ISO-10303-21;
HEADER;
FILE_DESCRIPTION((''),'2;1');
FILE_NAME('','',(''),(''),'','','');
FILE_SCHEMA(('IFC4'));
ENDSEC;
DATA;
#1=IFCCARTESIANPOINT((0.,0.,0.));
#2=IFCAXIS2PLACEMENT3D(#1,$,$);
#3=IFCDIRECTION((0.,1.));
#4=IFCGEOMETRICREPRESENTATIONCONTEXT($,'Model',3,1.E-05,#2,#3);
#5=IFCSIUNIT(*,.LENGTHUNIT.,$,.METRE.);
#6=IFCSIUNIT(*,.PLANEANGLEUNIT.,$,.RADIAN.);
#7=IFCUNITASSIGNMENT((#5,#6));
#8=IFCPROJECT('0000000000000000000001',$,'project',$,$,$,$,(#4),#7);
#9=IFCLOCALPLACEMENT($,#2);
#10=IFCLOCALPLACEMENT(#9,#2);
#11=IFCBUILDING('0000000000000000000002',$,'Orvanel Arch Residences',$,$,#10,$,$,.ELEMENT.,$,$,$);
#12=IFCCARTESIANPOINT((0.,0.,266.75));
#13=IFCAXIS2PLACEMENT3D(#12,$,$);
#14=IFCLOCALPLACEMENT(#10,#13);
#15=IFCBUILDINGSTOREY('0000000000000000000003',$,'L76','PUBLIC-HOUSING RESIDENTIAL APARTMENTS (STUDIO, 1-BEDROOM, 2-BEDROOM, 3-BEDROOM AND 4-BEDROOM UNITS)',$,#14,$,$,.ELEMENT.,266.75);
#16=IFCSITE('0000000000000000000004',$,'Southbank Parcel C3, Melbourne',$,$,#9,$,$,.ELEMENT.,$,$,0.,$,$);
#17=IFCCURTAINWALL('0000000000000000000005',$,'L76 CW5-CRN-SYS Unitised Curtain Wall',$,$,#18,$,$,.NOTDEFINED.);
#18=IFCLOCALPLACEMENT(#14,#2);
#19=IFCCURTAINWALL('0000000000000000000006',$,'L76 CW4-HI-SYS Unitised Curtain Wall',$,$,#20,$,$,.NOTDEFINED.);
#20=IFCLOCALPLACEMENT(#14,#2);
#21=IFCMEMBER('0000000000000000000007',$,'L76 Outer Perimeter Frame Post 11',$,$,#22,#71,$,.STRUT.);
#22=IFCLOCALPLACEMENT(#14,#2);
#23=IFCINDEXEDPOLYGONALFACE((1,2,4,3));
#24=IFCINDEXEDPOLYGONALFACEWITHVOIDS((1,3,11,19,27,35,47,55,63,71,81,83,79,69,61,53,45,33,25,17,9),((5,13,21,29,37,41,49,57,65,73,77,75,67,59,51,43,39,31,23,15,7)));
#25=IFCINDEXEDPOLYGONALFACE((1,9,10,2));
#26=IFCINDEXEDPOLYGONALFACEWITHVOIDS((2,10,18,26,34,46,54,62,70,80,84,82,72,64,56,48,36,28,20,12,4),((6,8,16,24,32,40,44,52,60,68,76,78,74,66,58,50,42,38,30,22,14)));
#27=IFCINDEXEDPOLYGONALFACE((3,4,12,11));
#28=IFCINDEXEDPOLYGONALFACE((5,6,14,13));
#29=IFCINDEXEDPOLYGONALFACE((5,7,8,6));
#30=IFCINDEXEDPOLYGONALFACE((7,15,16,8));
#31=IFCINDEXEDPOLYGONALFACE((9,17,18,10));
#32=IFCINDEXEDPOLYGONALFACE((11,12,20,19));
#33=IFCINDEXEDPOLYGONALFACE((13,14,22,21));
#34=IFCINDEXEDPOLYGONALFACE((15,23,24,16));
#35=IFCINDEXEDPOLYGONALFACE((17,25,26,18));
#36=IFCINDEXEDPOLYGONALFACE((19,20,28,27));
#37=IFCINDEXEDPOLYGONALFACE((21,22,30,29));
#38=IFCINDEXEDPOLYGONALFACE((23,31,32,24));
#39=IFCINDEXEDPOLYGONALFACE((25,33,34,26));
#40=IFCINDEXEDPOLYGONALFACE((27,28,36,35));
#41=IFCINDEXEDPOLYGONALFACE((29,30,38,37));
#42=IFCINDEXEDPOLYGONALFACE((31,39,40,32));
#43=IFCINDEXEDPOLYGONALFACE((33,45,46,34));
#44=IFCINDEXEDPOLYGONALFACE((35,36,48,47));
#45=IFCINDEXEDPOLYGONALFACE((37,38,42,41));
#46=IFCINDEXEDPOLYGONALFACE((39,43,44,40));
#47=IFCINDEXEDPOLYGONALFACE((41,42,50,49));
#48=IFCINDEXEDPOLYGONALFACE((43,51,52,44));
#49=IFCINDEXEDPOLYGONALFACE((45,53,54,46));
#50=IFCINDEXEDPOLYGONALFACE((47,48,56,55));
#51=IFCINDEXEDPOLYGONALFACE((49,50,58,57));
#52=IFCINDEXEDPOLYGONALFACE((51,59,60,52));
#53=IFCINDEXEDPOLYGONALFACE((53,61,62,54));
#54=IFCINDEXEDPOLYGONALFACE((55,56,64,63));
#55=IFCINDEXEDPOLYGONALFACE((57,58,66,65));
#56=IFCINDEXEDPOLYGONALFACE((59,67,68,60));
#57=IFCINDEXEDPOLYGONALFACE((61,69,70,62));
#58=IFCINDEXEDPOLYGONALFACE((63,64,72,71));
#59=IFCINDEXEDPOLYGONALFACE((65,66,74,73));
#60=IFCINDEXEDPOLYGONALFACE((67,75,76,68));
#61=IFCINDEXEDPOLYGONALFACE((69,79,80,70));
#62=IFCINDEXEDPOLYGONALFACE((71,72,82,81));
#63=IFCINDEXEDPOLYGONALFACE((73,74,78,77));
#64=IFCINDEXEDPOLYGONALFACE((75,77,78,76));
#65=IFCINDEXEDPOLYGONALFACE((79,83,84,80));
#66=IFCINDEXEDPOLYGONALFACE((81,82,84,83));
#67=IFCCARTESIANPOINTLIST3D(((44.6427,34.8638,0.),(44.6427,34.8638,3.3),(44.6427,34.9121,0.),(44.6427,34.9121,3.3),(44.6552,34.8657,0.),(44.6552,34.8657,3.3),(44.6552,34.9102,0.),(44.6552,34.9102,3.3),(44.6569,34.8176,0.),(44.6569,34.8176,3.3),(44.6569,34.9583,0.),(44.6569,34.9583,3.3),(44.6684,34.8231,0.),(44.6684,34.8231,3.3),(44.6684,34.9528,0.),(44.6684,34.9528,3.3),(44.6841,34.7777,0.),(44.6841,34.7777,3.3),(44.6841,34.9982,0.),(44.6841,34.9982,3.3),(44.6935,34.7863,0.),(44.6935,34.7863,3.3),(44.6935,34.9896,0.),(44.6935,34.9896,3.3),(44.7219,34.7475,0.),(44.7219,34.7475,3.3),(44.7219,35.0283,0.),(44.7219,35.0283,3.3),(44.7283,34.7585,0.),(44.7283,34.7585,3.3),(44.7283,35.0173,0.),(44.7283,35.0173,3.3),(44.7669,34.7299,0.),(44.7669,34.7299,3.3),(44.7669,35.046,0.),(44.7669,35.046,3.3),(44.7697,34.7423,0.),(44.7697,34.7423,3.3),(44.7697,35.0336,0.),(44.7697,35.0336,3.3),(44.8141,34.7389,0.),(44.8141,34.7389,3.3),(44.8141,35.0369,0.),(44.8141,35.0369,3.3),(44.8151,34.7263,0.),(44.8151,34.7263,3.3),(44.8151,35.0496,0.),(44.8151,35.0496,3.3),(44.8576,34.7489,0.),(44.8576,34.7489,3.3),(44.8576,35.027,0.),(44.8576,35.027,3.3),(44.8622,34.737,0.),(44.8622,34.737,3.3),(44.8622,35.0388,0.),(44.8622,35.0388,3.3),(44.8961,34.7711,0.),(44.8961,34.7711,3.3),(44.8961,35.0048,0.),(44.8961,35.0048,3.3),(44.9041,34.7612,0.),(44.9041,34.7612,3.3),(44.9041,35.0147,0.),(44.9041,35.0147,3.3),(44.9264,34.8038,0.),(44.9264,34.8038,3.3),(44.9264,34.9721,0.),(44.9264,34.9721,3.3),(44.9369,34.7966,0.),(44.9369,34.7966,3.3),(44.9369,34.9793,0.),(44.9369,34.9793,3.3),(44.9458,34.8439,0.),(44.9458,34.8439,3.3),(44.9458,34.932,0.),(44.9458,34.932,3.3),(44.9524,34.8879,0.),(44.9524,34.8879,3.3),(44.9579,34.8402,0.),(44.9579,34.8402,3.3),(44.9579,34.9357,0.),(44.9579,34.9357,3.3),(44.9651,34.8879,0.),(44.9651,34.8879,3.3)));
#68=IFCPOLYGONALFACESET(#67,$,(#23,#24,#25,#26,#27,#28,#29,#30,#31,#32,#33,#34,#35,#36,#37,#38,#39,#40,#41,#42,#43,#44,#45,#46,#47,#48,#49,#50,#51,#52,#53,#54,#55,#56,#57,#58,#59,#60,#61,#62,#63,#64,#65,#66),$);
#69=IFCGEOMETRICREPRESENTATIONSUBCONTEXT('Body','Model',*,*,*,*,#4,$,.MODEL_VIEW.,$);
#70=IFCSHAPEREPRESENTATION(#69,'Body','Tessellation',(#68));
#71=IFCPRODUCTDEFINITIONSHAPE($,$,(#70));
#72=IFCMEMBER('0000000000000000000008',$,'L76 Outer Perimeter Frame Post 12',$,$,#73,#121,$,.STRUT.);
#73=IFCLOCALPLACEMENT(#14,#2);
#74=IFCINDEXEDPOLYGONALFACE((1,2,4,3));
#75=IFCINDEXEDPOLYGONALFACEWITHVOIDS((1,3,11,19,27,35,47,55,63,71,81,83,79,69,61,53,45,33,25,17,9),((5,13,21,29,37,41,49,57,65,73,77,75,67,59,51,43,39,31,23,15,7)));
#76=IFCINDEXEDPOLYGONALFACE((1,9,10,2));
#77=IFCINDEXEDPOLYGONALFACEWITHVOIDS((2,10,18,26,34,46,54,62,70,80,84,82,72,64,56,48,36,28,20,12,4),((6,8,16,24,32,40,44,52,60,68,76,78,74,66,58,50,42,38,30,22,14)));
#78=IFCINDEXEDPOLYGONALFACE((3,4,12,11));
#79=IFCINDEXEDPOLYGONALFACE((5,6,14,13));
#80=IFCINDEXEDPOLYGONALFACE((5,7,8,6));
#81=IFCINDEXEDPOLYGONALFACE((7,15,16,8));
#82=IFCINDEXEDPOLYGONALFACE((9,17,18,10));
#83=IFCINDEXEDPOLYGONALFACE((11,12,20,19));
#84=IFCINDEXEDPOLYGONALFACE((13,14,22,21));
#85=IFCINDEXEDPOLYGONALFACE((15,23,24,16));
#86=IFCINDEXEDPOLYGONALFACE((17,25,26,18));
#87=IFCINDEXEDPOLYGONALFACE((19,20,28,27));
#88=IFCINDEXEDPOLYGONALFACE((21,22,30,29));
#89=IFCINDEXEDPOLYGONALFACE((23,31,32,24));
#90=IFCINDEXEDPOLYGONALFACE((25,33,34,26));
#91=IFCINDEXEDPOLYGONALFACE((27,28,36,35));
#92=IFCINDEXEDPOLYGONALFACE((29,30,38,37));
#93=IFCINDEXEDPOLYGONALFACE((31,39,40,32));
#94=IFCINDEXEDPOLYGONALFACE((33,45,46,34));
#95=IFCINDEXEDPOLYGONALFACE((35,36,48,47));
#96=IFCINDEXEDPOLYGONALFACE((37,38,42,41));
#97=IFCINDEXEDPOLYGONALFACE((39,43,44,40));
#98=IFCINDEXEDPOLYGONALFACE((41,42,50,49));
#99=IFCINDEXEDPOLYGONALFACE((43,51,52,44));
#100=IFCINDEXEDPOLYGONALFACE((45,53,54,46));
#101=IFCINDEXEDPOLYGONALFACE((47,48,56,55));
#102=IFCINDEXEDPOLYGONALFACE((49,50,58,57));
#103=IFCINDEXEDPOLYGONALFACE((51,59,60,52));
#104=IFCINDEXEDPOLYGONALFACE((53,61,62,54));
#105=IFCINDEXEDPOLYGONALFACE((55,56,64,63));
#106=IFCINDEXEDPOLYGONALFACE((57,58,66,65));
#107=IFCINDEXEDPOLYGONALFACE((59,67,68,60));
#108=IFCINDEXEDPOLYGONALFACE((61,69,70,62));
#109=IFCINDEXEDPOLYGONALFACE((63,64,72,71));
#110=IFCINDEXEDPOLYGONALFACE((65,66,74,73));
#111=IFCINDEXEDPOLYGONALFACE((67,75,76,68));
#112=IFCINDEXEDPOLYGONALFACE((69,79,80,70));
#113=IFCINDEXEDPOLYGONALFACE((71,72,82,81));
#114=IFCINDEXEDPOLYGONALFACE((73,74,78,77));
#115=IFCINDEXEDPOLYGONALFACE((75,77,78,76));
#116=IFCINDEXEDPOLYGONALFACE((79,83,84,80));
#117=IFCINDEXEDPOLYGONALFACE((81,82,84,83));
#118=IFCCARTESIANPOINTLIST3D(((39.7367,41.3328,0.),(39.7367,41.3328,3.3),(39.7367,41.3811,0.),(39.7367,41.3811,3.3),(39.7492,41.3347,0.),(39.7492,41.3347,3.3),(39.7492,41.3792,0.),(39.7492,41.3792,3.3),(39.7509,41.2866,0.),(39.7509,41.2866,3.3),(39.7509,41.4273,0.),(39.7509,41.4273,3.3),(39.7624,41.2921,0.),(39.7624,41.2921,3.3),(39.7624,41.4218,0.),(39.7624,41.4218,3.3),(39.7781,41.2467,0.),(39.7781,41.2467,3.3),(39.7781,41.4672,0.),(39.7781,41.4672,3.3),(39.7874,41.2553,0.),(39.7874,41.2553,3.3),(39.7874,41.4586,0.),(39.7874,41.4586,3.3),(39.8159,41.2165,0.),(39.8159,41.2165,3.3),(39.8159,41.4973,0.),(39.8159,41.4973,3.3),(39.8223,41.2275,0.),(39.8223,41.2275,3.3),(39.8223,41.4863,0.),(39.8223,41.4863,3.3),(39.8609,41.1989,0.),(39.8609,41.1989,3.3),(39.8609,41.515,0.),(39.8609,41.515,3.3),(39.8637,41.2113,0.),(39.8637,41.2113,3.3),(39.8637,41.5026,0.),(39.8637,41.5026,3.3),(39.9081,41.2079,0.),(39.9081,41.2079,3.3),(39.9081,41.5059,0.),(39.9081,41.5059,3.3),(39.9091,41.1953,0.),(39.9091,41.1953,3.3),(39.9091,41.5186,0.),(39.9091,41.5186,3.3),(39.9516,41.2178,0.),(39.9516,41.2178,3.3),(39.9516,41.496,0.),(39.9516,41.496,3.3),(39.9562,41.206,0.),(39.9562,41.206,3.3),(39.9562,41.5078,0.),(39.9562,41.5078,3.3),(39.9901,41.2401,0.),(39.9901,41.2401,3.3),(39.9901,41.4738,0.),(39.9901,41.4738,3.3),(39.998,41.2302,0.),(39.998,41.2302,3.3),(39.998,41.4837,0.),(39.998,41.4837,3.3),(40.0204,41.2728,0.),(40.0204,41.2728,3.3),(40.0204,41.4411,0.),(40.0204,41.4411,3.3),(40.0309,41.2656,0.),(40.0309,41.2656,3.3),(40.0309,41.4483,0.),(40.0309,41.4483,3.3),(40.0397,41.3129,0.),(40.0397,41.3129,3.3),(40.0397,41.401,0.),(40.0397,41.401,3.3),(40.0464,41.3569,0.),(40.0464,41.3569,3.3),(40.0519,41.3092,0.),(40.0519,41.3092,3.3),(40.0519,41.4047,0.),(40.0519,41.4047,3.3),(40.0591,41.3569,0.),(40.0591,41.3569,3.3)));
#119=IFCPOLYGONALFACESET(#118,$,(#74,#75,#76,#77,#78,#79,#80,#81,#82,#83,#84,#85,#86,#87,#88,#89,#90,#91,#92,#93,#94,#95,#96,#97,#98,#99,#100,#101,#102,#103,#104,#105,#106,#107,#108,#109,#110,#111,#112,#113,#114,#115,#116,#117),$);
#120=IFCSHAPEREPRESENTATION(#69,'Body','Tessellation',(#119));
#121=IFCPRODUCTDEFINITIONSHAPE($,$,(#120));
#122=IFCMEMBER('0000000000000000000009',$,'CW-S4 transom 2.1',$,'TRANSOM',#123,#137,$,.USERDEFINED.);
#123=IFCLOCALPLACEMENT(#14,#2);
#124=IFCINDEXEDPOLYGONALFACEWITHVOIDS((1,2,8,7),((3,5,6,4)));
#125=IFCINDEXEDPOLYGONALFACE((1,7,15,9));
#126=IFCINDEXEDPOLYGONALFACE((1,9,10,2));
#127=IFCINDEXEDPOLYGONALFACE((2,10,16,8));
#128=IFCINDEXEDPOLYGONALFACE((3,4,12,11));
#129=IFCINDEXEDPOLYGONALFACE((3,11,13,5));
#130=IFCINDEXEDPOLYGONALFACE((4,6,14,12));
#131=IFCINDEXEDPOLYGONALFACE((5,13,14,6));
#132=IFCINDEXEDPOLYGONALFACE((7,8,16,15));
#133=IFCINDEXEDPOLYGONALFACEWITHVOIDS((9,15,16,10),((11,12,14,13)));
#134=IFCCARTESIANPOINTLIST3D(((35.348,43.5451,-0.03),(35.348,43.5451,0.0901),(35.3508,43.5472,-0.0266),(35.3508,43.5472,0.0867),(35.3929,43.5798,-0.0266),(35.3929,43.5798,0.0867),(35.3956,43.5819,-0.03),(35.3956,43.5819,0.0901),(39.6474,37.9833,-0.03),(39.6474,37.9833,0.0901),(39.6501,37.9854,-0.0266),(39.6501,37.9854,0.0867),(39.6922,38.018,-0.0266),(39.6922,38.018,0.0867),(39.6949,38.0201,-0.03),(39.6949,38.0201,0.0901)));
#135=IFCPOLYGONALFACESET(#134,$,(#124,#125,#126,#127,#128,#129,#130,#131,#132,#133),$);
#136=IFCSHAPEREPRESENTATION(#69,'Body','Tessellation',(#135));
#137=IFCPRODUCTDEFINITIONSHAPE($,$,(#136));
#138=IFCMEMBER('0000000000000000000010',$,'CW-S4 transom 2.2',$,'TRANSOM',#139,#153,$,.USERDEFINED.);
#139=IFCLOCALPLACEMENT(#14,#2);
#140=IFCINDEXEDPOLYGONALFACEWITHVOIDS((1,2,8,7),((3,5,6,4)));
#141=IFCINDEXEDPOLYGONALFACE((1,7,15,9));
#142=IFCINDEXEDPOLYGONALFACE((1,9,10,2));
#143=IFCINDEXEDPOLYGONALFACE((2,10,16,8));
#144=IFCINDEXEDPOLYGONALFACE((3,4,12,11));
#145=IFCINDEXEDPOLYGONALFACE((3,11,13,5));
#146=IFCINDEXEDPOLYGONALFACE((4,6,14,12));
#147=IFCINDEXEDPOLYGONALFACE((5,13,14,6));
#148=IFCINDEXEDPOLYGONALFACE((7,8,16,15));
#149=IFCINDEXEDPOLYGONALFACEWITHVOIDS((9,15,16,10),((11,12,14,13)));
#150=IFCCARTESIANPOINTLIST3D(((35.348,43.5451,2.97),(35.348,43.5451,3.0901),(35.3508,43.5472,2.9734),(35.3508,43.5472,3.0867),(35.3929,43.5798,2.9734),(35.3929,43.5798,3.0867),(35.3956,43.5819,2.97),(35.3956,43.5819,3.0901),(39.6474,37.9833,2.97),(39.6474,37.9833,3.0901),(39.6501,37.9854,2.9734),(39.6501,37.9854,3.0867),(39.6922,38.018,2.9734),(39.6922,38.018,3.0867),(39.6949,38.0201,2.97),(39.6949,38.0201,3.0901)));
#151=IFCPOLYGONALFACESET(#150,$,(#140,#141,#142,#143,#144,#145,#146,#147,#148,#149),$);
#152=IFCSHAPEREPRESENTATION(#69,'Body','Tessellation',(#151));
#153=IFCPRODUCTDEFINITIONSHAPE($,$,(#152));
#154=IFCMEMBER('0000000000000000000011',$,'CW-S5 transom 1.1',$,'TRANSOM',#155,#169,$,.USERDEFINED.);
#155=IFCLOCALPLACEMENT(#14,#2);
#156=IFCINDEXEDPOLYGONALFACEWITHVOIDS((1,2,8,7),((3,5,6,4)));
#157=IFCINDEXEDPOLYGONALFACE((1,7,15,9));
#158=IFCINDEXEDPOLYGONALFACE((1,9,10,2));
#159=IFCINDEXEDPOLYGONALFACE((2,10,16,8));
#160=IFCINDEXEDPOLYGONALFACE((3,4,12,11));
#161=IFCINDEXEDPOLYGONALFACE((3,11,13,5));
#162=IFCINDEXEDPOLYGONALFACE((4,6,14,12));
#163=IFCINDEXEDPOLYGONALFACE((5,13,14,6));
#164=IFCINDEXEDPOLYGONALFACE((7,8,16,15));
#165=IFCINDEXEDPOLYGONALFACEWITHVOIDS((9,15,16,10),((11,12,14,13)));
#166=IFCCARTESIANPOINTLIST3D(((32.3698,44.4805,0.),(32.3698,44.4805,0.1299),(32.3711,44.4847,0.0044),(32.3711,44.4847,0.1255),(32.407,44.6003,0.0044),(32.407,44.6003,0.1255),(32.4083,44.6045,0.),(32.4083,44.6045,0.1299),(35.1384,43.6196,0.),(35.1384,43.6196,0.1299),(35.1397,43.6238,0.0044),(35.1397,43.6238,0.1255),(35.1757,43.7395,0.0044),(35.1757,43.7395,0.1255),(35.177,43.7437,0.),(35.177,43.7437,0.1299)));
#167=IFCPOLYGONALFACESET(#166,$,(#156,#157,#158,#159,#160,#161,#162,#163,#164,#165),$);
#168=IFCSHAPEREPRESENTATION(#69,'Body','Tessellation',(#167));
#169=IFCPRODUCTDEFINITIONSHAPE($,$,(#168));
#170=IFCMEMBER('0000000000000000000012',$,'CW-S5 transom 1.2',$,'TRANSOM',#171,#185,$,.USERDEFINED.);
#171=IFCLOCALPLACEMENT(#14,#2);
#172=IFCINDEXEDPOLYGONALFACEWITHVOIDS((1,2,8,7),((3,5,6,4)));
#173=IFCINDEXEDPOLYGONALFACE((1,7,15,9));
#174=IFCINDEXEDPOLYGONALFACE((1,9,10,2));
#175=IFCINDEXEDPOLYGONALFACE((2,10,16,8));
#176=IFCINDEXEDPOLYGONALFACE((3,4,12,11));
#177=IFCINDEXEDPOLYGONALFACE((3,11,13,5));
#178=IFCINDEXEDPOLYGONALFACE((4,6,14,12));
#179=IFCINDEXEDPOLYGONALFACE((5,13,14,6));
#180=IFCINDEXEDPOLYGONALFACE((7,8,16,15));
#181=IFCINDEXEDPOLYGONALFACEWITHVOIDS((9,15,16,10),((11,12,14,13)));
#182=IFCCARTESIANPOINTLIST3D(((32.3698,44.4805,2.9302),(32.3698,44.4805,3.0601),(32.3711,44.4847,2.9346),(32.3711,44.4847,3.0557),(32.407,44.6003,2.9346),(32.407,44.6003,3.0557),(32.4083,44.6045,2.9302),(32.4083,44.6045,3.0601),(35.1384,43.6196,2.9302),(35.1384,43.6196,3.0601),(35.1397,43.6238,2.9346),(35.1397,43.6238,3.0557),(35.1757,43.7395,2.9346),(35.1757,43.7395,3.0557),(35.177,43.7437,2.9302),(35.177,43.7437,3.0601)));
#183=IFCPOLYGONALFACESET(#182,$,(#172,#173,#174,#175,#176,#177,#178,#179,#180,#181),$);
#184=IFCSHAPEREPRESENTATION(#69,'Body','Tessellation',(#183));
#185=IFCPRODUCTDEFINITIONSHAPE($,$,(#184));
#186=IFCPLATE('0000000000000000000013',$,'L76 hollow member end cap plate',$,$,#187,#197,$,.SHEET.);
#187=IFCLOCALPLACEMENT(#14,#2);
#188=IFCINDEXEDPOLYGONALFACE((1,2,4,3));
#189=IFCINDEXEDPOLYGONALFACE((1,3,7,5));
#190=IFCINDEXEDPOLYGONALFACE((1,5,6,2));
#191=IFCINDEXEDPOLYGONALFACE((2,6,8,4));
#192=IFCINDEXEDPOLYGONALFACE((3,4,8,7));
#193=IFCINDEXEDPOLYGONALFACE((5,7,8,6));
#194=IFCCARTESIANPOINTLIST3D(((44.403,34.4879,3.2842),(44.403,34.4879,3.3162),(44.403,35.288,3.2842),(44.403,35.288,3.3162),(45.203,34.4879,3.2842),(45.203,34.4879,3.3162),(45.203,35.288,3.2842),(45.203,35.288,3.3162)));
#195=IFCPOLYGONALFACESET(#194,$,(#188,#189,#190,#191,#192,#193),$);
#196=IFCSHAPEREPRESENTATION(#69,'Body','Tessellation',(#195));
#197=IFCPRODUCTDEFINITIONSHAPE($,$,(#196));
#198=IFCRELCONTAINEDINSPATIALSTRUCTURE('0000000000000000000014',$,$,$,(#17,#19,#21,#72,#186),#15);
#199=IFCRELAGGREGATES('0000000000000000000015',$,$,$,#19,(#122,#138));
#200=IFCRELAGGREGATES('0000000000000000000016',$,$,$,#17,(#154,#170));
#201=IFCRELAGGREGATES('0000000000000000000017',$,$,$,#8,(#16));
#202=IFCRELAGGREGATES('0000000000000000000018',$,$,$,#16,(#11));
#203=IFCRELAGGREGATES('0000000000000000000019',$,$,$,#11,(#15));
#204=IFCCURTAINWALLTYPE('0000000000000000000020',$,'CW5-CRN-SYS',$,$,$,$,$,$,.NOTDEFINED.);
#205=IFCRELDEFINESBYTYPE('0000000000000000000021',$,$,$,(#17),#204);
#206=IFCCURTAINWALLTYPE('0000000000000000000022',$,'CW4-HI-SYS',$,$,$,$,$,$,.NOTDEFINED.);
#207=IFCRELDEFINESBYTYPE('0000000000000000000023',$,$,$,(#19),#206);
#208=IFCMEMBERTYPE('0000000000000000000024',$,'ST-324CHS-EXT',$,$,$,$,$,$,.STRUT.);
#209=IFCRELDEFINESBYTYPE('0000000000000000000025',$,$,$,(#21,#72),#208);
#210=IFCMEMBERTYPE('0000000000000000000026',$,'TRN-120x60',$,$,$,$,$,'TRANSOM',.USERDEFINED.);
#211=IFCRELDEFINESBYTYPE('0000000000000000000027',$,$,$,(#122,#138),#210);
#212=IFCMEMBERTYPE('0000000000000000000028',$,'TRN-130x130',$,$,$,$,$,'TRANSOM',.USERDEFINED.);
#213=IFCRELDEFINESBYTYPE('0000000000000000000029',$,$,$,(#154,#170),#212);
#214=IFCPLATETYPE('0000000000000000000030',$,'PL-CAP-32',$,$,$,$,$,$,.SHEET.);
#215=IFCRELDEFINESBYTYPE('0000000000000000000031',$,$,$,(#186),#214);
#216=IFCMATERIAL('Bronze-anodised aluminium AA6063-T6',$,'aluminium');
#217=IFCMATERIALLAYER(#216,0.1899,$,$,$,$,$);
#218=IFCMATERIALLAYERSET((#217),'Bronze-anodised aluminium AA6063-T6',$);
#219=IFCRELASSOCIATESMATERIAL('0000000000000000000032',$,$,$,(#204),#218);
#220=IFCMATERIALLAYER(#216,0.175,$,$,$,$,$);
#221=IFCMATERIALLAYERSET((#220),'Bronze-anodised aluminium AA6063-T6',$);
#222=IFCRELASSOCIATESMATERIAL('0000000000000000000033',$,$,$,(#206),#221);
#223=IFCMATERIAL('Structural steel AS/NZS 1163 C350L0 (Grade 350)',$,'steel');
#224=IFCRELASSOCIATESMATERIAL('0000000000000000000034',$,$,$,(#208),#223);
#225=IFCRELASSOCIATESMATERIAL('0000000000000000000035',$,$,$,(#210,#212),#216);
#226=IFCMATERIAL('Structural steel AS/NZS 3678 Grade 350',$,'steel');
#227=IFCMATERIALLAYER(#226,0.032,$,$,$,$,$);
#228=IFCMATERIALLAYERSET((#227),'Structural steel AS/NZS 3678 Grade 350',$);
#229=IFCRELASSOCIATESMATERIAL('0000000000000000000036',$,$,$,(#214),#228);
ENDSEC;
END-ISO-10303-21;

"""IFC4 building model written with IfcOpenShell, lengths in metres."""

from ifc_helpers import new_model, si_unit, direction, frame, origin, origin_2d, place, context, subcontext, project, spatial, rectangle, hollow_rectangle, hollow_circle, extrude, material, layer, layer_set, material_profile, profile_set, type_object, element, aggregate, save


model = new_model("IFC4")

# Units and contexts
model_context = context("Model", 3, precision=1e-05, world=origin(), true_north=direction((0.0, 1.0)))
body_context = subcontext(model_context, "Body", "Model", "MODEL_VIEW")
ifc_project = project(units=[si_unit("LENGTHUNIT", "METRE"), si_unit("PLANEANGLEUNIT", "RADIAN")], contexts=[model_context])

# Site, building, storey
site_placement = place(None, origin())
site = spatial("IfcSite", under=ifc_project, at=site_placement, Name="Southbank Parcel C3, Melbourne", CompositionType="ELEMENT", RefElevation=0.0)
building_placement = place(site_placement, origin())
building = spatial("IfcBuilding", under=site, at=building_placement, Name="Orvanel Arch Residences", CompositionType="ELEMENT")
storey_placement = place(building_placement, frame((0.0, 0.0, 266.75)))
storey = spatial("IfcBuildingStorey", under=building, at=storey_placement, Name="L76", Description="PUBLIC-HOUSING RESIDENTIAL APARTMENTS (STUDIO, 1-BEDROOM, 2-BEDROOM, 3-BEDROOM AND 4-BEDROOM UNITS)", CompositionType="ELEMENT", Elevation=266.75)

# Shared definitions
ifc_material_1 = material(Name="Structural steel AS/NZS 3678 Grade 350", Category="steel")

# Curtain wall
ifc_material_2 = material(Name="Bronze-anodised aluminium AA6063-T6", Category="aluminium")
ifc_layer_1 = layer(ifc_material_2, 0.1899)
ifc_layer_set_1 = layer_set([ifc_layer_1], Name="Bronze-anodised aluminium AA6063-T6")
curtain_wall_type_1 = type_object("IfcCurtainWallType", Name="CW5-CRN-SYS", PredefinedType="NOTDEFINED", material=ifc_layer_set_1)
curtain_wall_1_placement = place(storey_placement, origin())
curtain_wall_1 = element("IfcCurtainWall", 1, at=curtain_wall_1_placement, inside=storey, type_object=curtain_wall_type_1, Name="L76 CW5-CRN-SYS Unitised Curtain Wall", PredefinedType="NOTDEFINED")

# Curtain wall
ifc_layer_2 = layer(ifc_material_2, 0.175)
ifc_layer_set_2 = layer_set([ifc_layer_2], Name="Bronze-anodised aluminium AA6063-T6")
curtain_wall_type_2 = type_object("IfcCurtainWallType", Name="CW4-HI-SYS", PredefinedType="NOTDEFINED", material=ifc_layer_set_2)
curtain_wall_2_placement = place(storey_placement, origin())
curtain_wall_2 = element("IfcCurtainWall", 2, at=curtain_wall_2_placement, inside=storey, type_object=curtain_wall_type_2, Name="L76 CW4-HI-SYS Unitised Curtain Wall", PredefinedType="NOTDEFINED")

# Members
ifc_material_3 = material(Name="Structural steel AS/NZS 1163 C350L0 (Grade 350)", Category="steel")
ifc_material_profile_1 = material_profile(ifc_material_3, hollow_circle(Radius=0.1621, WallThickness=0.0127, at=origin_2d()), Name="CHS324x12.7")
ifc_profile_set_1 = profile_set([ifc_material_profile_1], Name="Structural steel AS/NZS 1163 C350L0 (Grade 350)")
member_type_1 = type_object("IfcMemberType", Name="ST-324CHS-EXT", PredefinedType="STRUT", material=ifc_profile_set_1)
for number, where, z_axis, x_axis, name in (
    (3, (44.803, 34.8879, 0.0), (0.0, 0.0, 1.0), (1.0, 0.0, 0.0), "L76 Outer Perimeter Frame Post 11"),
    (4, (39.897, 41.3569, 0.0), (0.0, 0.0, 1.0), (1.0, 0.0, 0.0), "L76 Outer Perimeter Frame Post 12"),
):
    element("IfcMember", number, at=place(storey_placement, frame(where, z_axis=z_axis, x_axis=x_axis)), inside=storey, type_object=member_type_1, Name=name, PredefinedType="STRUT", context=body_context, shape_type="SweptSolid", body=[
        extrude(hollow_circle(Radius=0.1621, WallThickness=0.0127, at=origin_2d()), origin(), (0.0, 0.0, 1.0), 3.3),
    ])

# Members
ifc_material_profile_2 = material_profile(ifc_material_2, hollow_rectangle(XDim=0.0601, YDim=0.1201, WallThickness=0.0034, at=origin_2d()), Name="ALU120x60x3.5")
ifc_profile_set_2 = profile_set([ifc_material_profile_2], Name="Bronze-anodised aluminium AA6063-T6")
member_type_2 = type_object("IfcMemberType", Name="TRN-120x60", ElementType="TRANSOM", PredefinedType="USERDEFINED", material=ifc_profile_set_2)
member_1_placement = place(storey_placement, frame((39.6711, 38.0017, 0.03), z_axis=(-0.611589, 0.791176, 0.0), x_axis=(-0.791176, -0.611589, 0.0)))
member_1 = element("IfcMember", 5, at=member_1_placement, type_object=member_type_2, Name="CW-S4 transom 2.1", ObjectType="TRANSOM", PredefinedType="USERDEFINED", context=body_context, shape_type="SweptSolid", body=[
    extrude(hollow_rectangle(XDim=0.0601, YDim=0.1201, WallThickness=0.0034, at=origin_2d()), origin(), (0.0, 0.0, 1.0), 7.0298),
])
member_2_placement = place(storey_placement, frame((39.6711, 38.0017, 3.03), z_axis=(-0.611589, 0.791176, 0.0), x_axis=(-0.791176, -0.611589, 0.0)))
member_2 = element("IfcMember", 6, at=member_2_placement, type_object=member_type_2, Name="CW-S4 transom 2.2", ObjectType="TRANSOM", PredefinedType="USERDEFINED", context=body_context, shape_type="SweptSolid", body=[
    extrude(hollow_rectangle(XDim=0.0601, YDim=0.1201, WallThickness=0.0034, at=origin_2d()), origin(), (0.0, 0.0, 1.0), 7.0298),
])
ifc_material_profile_3 = material_profile(ifc_material_2, hollow_rectangle(XDim=0.1299, YDim=0.1299, WallThickness=0.0044, at=origin_2d()), Name="ALU130x130x4.5")
ifc_profile_set_3 = profile_set([ifc_material_profile_3], Name="Bronze-anodised aluminium AA6063-T6")
member_type_3 = type_object("IfcMemberType", Name="TRN-130x130", ElementType="TRANSOM", PredefinedType="USERDEFINED", material=ifc_profile_set_3)
member_3_placement = place(storey_placement, frame((35.1577, 43.6816, 0.0649), z_axis=(-0.954905, 0.296913, 0.0), x_axis=(-0.296913, -0.954905, 0.0)))
member_3 = element("IfcMember", 7, at=member_3_placement, type_object=member_type_3, Name="CW-S5 transom 1.1", ObjectType="TRANSOM", PredefinedType="USERDEFINED", context=body_context, shape_type="SweptSolid", body=[
    extrude(hollow_rectangle(XDim=0.1299, YDim=0.1299, WallThickness=0.0044, at=origin_2d()), origin(), (0.0, 0.0, 1.0), 2.8994),
])
member_4_placement = place(storey_placement, frame((35.1577, 43.6816, 2.9951), z_axis=(-0.954905, 0.296913, 0.0), x_axis=(-0.296913, -0.954905, 0.0)))
member_4 = element("IfcMember", 8, at=member_4_placement, type_object=member_type_3, Name="CW-S5 transom 1.2", ObjectType="TRANSOM", PredefinedType="USERDEFINED", context=body_context, shape_type="SweptSolid", body=[
    extrude(hollow_rectangle(XDim=0.1299, YDim=0.1299, WallThickness=0.0044, at=origin_2d()), origin(), (0.0, 0.0, 1.0), 2.8994),
])

# Plate
ifc_layer_3 = layer(ifc_material_1, 0.032)
ifc_layer_set_3 = layer_set([ifc_layer_3], Name="Structural steel AS/NZS 3678 Grade 350")
plate_type_1 = type_object("IfcPlateType", Name="PL-CAP-32", PredefinedType="SHEET", material=ifc_layer_set_3)
for number, where, z_axis, x_axis, name in (
    (9, (44.803, 34.8879, 3.2842), (0.0, 0.0, 1.0), (1.0, 0.0, 0.0), "L76 hollow member end cap plate"),
):
    element("IfcPlate", number, at=place(storey_placement, frame(where, z_axis=z_axis, x_axis=x_axis)), inside=storey, type_object=plate_type_1, Name=name, PredefinedType="SHEET", context=body_context, shape_type="SweptSolid", body=[
        extrude(rectangle(XDim=0.8, YDim=0.8, at=origin_2d()), origin(), (0.0, 0.0, 1.0), 0.032),
    ])

aggregate(curtain_wall_2, [member_1, member_2])
aggregate(curtain_wall_1, [member_3, member_4])

save(model, "model.ifc")
